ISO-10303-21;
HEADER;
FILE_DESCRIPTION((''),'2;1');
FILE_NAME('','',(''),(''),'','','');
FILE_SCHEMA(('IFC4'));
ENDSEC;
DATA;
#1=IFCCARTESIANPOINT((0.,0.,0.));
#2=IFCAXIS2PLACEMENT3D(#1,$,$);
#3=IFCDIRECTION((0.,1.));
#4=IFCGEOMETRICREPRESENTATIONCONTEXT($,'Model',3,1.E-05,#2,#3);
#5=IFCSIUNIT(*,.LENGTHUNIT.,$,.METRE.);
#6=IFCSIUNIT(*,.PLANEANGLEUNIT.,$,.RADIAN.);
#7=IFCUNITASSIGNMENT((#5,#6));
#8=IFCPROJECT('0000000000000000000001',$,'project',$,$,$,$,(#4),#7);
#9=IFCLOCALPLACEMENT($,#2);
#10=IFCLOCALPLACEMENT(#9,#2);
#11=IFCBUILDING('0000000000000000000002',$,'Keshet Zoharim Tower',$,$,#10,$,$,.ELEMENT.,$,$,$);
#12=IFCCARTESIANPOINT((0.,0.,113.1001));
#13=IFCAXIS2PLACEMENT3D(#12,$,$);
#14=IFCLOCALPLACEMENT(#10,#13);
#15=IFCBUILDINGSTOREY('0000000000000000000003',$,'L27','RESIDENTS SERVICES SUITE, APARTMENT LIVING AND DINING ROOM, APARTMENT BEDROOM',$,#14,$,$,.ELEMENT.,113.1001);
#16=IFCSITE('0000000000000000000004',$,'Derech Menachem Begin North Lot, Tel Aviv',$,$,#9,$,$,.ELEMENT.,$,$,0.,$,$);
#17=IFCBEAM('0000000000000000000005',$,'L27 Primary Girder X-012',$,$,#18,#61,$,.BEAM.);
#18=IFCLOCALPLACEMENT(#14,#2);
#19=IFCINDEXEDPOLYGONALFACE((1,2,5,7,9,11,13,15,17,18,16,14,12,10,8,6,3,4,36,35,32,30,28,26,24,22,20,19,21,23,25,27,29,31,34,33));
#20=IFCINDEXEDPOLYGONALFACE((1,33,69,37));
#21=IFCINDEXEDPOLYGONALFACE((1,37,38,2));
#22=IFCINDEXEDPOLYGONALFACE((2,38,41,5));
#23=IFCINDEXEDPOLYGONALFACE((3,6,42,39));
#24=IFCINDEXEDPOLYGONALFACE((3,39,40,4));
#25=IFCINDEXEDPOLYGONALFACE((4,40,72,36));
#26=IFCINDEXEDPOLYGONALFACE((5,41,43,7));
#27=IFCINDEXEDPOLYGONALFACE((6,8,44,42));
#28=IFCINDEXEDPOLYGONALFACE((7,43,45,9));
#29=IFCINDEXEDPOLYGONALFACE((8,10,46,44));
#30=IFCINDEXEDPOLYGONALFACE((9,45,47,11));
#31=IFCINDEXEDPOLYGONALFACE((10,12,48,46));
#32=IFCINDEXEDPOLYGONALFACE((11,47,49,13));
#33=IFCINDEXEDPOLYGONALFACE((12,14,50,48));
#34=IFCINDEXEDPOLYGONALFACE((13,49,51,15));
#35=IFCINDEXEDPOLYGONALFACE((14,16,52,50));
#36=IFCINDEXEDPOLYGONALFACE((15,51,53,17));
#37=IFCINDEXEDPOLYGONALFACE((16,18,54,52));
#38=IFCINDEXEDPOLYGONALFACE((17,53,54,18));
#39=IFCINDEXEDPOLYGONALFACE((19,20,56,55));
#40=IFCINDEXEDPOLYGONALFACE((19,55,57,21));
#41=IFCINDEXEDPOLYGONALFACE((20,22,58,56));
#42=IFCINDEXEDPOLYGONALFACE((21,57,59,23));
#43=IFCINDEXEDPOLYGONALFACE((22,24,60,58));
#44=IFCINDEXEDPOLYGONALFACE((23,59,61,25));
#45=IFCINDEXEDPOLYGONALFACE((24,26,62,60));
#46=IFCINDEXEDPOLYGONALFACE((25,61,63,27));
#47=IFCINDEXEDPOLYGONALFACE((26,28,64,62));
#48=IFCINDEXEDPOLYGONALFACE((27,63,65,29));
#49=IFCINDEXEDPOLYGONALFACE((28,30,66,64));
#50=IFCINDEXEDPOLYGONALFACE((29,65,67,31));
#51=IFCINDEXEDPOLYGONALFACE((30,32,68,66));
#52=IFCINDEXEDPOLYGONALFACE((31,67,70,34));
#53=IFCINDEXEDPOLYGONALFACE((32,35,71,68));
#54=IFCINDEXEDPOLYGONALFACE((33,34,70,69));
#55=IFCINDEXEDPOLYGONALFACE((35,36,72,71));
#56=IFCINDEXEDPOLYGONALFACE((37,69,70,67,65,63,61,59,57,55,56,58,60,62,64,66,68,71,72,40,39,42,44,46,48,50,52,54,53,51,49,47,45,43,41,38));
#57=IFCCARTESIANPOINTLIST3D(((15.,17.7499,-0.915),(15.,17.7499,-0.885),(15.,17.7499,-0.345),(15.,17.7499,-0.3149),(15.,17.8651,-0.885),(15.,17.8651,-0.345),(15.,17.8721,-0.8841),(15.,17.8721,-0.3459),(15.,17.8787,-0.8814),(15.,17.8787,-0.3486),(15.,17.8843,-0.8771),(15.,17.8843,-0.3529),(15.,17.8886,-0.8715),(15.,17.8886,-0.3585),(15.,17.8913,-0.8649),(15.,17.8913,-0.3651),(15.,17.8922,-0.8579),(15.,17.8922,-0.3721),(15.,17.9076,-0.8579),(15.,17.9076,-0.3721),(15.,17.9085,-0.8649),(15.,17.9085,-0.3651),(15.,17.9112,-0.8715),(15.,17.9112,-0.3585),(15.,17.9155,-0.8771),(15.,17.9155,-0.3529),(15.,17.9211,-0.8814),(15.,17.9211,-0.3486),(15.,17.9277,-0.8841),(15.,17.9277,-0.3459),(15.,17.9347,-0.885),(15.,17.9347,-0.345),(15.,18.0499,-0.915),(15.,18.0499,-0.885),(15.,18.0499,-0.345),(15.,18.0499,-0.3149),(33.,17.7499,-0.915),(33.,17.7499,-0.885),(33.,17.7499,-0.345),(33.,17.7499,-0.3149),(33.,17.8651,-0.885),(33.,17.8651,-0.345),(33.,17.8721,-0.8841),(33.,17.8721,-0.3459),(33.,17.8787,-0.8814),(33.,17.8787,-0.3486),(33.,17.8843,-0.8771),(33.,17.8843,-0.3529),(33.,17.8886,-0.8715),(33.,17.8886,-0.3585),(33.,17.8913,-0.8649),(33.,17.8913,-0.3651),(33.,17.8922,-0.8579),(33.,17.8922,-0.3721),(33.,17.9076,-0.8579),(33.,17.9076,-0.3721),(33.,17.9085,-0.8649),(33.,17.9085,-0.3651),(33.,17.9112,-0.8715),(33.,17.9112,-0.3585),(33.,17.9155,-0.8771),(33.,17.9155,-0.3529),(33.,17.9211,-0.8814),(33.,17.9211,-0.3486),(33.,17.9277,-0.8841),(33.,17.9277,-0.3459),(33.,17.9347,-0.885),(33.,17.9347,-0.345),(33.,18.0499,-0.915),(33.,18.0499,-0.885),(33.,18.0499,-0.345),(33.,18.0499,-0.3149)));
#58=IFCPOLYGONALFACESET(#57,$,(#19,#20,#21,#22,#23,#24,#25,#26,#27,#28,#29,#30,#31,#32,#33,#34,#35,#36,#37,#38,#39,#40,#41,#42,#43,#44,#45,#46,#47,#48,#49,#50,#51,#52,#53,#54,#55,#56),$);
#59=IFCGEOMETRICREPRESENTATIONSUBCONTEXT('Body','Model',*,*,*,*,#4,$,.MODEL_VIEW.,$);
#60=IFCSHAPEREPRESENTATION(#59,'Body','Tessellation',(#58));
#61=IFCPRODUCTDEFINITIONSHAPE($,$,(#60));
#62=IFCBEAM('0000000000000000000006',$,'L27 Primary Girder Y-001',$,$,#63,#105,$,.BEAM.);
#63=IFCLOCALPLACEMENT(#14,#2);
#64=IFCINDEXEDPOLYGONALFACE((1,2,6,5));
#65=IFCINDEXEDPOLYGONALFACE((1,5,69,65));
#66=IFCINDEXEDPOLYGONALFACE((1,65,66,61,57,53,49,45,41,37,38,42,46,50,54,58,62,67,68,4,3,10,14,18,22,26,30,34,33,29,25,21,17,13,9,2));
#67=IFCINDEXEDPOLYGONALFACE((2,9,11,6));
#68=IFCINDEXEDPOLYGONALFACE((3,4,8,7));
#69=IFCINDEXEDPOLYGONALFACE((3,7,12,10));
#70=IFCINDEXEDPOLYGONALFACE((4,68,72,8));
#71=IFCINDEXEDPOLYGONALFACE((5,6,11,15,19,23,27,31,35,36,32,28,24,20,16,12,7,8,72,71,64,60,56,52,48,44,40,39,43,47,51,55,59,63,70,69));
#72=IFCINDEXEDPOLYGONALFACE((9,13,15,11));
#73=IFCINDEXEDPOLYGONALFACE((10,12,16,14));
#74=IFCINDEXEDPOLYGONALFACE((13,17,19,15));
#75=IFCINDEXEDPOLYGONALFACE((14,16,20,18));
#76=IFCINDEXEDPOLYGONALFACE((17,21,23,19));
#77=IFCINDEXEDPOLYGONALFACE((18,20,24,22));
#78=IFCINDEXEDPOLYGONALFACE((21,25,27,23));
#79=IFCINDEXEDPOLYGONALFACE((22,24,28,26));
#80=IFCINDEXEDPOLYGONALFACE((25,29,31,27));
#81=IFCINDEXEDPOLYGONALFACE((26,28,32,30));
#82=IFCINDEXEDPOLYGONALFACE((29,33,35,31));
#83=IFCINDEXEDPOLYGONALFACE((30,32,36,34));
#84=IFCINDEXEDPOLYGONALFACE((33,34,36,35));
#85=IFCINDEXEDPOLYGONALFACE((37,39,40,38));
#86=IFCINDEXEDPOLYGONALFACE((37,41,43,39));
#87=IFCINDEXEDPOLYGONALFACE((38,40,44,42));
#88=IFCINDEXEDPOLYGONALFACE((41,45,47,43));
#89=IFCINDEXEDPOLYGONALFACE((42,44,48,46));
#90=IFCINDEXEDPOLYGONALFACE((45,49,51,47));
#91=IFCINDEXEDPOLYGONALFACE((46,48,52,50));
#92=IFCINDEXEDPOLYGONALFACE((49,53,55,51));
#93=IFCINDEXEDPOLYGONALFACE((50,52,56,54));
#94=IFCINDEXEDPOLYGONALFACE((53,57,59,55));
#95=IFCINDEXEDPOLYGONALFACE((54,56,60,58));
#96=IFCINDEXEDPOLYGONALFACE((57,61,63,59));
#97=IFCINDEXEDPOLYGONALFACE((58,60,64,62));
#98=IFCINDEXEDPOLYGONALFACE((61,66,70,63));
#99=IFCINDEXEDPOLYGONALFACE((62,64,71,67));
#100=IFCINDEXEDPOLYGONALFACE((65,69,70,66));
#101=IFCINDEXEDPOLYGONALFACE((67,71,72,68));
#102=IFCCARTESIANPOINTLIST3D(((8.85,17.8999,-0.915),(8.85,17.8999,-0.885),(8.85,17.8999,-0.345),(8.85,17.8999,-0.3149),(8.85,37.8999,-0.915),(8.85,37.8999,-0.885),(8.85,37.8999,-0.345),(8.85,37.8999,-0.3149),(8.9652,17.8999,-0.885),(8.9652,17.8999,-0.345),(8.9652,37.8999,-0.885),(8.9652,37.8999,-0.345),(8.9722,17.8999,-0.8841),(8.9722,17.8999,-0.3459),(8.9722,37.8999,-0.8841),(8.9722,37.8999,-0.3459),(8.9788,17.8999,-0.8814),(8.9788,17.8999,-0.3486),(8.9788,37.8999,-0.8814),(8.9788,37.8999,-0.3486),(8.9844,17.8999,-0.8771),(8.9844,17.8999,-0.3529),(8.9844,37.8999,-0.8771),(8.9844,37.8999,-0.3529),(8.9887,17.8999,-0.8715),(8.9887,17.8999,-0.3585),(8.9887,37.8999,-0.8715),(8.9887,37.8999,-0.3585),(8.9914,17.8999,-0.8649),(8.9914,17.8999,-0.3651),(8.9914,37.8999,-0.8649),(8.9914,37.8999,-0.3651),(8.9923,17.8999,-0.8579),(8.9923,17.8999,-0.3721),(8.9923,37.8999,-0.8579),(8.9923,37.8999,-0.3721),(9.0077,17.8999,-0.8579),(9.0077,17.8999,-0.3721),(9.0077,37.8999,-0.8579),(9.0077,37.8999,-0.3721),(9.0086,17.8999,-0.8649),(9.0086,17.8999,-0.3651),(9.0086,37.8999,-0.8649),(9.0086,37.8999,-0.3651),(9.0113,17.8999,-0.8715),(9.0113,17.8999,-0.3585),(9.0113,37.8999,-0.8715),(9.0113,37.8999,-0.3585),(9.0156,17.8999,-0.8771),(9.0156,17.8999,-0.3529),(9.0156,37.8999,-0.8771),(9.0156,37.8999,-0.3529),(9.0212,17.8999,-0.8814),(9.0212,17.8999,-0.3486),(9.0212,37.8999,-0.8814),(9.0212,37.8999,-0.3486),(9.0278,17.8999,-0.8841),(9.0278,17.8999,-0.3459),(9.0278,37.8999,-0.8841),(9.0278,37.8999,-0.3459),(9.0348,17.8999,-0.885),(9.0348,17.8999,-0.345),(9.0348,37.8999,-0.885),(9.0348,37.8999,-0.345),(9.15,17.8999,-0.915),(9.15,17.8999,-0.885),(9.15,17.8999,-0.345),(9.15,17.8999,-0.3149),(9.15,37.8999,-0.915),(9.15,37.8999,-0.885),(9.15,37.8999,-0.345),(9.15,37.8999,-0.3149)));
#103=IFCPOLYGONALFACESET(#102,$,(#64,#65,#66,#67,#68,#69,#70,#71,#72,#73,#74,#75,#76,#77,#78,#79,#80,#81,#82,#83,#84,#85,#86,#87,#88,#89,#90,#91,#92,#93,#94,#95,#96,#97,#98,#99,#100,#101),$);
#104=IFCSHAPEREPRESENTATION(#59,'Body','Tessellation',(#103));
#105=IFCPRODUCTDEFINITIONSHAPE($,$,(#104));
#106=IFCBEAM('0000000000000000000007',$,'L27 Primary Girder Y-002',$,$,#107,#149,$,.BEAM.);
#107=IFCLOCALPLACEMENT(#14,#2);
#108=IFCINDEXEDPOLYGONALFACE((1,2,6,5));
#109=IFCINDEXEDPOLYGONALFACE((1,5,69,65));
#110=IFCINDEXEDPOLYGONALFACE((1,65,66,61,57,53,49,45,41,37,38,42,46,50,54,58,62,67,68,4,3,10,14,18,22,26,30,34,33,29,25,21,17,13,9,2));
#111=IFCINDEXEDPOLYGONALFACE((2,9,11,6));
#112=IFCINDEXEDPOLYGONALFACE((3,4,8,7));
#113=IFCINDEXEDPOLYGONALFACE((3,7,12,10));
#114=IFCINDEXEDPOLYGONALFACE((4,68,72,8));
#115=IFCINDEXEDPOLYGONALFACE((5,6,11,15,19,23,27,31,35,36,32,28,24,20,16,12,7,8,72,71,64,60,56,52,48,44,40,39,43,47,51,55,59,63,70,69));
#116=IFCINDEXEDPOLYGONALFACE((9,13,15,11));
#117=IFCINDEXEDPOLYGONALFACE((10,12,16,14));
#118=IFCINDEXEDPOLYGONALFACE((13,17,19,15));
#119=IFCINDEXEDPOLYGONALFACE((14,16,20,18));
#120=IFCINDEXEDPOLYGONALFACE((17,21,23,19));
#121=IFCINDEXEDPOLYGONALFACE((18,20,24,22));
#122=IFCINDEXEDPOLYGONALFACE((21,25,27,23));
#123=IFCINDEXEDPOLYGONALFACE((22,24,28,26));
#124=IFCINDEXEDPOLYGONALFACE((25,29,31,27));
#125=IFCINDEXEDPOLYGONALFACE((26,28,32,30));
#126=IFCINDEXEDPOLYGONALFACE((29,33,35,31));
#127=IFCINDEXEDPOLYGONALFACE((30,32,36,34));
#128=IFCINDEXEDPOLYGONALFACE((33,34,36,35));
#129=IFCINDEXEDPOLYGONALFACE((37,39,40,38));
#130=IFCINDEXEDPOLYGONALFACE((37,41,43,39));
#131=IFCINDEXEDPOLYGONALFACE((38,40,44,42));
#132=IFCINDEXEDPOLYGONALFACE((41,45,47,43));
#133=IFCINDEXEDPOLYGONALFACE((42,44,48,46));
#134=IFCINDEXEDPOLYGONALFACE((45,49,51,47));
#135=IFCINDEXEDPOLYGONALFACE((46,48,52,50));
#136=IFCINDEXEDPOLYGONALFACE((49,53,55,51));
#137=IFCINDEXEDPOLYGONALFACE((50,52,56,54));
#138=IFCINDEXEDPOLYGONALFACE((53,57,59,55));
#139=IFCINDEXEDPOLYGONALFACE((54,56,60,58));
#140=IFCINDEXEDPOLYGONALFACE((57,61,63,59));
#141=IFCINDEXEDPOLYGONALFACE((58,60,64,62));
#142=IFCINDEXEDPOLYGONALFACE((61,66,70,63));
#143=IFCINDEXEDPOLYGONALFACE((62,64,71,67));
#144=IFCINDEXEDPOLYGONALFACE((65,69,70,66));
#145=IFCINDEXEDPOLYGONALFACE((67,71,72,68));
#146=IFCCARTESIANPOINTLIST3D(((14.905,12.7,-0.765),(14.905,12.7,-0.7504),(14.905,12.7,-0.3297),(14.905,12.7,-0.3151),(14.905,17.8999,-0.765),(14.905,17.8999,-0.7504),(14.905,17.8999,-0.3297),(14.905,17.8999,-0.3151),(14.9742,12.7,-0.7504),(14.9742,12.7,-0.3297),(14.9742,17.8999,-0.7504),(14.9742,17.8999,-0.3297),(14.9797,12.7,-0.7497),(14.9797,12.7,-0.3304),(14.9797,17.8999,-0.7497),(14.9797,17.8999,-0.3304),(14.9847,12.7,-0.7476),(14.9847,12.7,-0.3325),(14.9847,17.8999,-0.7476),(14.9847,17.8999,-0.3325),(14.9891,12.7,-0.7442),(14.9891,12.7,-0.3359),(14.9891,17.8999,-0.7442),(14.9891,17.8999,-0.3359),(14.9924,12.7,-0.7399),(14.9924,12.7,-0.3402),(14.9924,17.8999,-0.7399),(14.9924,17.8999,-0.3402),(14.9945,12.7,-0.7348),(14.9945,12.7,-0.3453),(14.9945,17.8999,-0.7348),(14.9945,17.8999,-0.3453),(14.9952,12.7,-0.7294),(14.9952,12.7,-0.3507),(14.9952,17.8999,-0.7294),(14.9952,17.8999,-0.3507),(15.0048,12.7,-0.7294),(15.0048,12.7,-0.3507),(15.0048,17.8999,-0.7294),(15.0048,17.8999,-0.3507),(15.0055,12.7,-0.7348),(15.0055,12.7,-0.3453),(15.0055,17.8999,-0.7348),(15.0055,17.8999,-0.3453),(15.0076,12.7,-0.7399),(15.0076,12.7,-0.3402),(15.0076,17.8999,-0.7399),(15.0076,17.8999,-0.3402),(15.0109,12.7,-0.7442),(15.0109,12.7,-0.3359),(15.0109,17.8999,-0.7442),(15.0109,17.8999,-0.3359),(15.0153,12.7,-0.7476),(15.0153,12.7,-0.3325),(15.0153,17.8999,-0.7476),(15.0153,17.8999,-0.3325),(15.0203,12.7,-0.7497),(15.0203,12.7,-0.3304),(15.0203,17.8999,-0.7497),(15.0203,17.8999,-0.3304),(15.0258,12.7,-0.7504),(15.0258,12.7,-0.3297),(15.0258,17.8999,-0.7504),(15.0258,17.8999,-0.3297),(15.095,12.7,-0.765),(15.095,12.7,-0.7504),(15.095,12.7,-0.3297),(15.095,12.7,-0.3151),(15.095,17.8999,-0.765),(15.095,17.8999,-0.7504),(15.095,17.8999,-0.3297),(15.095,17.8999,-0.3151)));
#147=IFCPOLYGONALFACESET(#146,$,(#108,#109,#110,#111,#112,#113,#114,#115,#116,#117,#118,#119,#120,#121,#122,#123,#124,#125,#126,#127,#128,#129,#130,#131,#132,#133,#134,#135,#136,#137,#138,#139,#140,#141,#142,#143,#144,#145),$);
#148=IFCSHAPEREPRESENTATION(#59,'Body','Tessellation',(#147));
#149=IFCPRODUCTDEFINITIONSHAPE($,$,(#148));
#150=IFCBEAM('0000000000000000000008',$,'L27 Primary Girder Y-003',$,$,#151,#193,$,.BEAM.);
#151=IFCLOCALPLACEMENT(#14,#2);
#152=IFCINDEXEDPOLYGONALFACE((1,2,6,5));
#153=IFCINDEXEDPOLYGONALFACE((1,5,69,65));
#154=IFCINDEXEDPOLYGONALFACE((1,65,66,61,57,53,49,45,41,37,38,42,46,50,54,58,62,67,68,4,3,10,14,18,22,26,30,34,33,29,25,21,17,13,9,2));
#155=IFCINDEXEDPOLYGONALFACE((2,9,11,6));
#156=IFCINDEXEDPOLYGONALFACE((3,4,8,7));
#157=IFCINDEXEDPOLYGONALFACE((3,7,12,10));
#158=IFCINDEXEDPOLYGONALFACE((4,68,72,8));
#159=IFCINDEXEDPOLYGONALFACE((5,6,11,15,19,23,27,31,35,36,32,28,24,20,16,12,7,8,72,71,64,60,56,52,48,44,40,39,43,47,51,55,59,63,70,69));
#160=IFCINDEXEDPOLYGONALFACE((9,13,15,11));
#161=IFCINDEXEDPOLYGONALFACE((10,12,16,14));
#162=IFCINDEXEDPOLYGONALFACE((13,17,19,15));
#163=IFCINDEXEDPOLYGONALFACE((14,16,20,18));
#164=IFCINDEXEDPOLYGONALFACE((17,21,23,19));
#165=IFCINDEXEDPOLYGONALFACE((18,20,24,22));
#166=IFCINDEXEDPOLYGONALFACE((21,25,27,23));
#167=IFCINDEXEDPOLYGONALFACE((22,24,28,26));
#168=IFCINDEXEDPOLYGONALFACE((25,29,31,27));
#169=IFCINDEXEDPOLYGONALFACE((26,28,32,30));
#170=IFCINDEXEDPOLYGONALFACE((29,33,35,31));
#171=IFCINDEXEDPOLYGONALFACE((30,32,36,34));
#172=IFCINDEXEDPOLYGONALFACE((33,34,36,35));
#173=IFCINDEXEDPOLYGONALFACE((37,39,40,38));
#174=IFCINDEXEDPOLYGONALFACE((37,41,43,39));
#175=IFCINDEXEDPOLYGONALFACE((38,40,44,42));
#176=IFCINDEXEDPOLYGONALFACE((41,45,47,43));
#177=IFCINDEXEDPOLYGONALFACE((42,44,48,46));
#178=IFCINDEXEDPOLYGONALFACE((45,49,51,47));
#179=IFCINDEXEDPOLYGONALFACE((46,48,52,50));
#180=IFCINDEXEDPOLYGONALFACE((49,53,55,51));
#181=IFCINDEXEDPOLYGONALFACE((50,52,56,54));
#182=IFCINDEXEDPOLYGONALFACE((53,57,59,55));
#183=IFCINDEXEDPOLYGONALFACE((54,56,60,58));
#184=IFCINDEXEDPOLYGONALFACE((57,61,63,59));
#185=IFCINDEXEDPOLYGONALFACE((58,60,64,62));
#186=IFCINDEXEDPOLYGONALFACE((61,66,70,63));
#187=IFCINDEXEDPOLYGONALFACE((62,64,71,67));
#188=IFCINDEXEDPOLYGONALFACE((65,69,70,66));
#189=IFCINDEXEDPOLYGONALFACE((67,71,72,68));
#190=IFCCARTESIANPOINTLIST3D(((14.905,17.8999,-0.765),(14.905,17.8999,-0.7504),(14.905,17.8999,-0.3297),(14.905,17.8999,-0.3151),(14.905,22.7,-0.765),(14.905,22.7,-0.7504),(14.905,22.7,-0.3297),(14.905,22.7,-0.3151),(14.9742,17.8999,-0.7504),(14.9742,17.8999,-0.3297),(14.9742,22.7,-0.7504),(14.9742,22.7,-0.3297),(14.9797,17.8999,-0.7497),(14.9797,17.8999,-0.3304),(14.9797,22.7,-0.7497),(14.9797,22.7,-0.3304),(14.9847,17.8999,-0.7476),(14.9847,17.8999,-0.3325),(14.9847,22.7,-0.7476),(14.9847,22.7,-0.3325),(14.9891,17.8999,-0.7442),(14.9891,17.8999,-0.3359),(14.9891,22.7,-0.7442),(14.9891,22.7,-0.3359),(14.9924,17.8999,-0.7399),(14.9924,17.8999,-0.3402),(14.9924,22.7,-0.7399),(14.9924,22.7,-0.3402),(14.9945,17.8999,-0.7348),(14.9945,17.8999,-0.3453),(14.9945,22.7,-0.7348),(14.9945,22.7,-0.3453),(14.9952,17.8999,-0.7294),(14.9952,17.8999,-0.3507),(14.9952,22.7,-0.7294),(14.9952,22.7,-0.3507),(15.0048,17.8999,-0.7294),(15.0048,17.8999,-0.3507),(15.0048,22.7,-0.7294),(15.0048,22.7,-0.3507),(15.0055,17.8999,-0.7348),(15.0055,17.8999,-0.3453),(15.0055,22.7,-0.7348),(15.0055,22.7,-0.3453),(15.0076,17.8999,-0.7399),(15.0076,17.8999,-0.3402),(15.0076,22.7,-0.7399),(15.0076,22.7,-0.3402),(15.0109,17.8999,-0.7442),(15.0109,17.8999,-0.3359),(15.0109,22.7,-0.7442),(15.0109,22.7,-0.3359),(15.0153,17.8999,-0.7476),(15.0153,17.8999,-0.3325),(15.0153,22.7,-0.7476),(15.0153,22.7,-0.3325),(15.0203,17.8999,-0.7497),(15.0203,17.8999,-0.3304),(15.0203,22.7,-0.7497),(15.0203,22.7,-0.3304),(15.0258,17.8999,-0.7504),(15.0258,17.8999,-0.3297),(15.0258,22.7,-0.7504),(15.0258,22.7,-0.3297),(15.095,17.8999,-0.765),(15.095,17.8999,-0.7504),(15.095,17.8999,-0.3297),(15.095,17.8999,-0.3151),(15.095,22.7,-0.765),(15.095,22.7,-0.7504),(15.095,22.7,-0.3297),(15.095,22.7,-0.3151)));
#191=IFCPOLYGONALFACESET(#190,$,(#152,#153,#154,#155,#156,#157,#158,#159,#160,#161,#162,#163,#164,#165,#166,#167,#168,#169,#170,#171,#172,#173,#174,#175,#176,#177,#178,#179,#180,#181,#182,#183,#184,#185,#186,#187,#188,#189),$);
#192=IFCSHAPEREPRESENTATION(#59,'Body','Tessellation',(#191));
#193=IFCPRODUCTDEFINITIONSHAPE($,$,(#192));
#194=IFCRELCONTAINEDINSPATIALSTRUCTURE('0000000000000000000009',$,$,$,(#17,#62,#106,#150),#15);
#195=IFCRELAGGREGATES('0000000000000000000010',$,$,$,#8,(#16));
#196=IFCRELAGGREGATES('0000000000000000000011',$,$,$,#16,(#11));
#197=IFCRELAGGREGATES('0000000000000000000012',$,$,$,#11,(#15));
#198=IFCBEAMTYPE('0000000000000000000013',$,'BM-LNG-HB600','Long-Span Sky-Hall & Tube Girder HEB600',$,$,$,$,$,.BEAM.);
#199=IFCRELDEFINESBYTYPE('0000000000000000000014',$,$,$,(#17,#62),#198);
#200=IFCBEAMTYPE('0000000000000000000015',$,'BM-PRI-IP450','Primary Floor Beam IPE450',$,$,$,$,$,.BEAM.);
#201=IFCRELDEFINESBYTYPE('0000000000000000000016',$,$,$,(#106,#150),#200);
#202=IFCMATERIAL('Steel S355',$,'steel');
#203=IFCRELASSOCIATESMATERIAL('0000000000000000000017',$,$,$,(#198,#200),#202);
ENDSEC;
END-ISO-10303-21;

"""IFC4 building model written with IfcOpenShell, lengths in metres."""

from ifc_helpers import new_model, si_unit, direction, frame, origin, origin_2d, place, context, subcontext, project, spatial, i_section, extrude, material, material_profile, profile_set, type_object, element, save


model = new_model("IFC4")

# Units and contexts
model_context = context("Model", 3, precision=1e-05, world=origin(), true_north=direction((0.0, 1.0)))
body_context = subcontext(model_context, "Body", "Model", "MODEL_VIEW")
ifc_project = project(units=[si_unit("LENGTHUNIT", "METRE"), si_unit("PLANEANGLEUNIT", "RADIAN")], contexts=[model_context])

# Site, building, storey
site_placement = place(None, origin())
site = spatial("IfcSite", under=ifc_project, at=site_placement, Name="Derech Menachem Begin North Lot, Tel Aviv", CompositionType="ELEMENT", RefElevation=0.0)
building_placement = place(site_placement, origin())
building = spatial("IfcBuilding", under=site, at=building_placement, Name="Keshet Zoharim Tower", CompositionType="ELEMENT")
storey_placement = place(building_placement, frame((0.0, 0.0, 113.1001)))
storey = spatial("IfcBuildingStorey", under=building, at=storey_placement, Name="L27", Description="RESIDENTS SERVICES SUITE, APARTMENT LIVING AND DINING ROOM, APARTMENT BEDROOM", CompositionType="ELEMENT", Elevation=113.1001)

# Shared definitions
ifc_material_1 = material(Name="Steel S355", Category="steel")

# Beams
ifc_material_profile_1 = material_profile(ifc_material_1, i_section(OverallWidth=0.3, OverallDepth=0.6001, WebThickness=0.0154, FlangeThickness=0.03, FilletRadius=0.0271, at=origin_2d()), Name="HEB600")
ifc_profile_set_1 = profile_set([ifc_material_profile_1], Name="Steel S355")
beam_type_1 = type_object("IfcBeamType", Name="BM-LNG-HB600", Description="Long-Span Sky-Hall & Tube Girder HEB600", PredefinedType="BEAM", material=ifc_profile_set_1)
for number, where, z_axis, x_axis, name in (
    (1, (15.0, 17.8999, -0.615), (1.0, 0.0, 0.0), (0.0, 1.0, 0.0), "L27 Primary Girder X-012"),
):
    element("IfcBeam", number, at=place(storey_placement, frame(where, z_axis=z_axis, x_axis=x_axis)), inside=storey, type_object=beam_type_1, Name=name, PredefinedType="BEAM", context=body_context, shape_type="SweptSolid", body=[
        extrude(i_section(OverallWidth=0.3, OverallDepth=0.6001, WebThickness=0.0154, FlangeThickness=0.03, FilletRadius=0.0271, at=origin_2d()), origin(), (0.0, 0.0, 1.0), 18.0),
    ])
beam_1_placement = place(storey_placement, frame((9.0, 17.8999, -0.615), z_axis=(0.0, 1.0, 0.0), x_axis=(-1.0, 0.0, 0.0)))
element("IfcBeam", 2, at=beam_1_placement, inside=storey, type_object=beam_type_1, Name="L27 Primary Girder Y-001", PredefinedType="BEAM", context=body_context, shape_type="SweptSolid", body=[
    extrude(i_section(OverallWidth=0.3, OverallDepth=0.6001, WebThickness=0.0154, FlangeThickness=0.03, FilletRadius=0.0271, at=origin_2d()), origin(), (0.0, 0.0, 1.0), 20.0),
])
ifc_material_profile_2 = material_profile(ifc_material_1, i_section(OverallWidth=0.1899, OverallDepth=0.45, WebThickness=0.0095, FlangeThickness=0.0146, FilletRadius=0.021, at=origin_2d()), Name="IPE450")
ifc_profile_set_2 = profile_set([ifc_material_profile_2], Name="Steel S355")
beam_type_2 = type_object("IfcBeamType", Name="BM-PRI-IP450", Description="Primary Floor Beam IPE450", PredefinedType="BEAM", material=ifc_profile_set_2)
beam_2_placement = place(storey_placement, frame((15.0, 12.7, -0.54), z_axis=(0.0, 1.0, 0.0), x_axis=(-1.0, 0.0, 0.0)))
element("IfcBeam", 3, at=beam_2_placement, inside=storey, type_object=beam_type_2, Name="L27 Primary Girder Y-002", PredefinedType="BEAM", context=body_context, shape_type="SweptSolid", body=[
    extrude(i_section(OverallWidth=0.1899, OverallDepth=0.45, WebThickness=0.0095, FlangeThickness=0.0146, FilletRadius=0.021, at=origin_2d()), origin(), (0.0, 0.0, 1.0), 5.2),
])
beam_3_placement = place(storey_placement, frame((15.0, 17.8999, -0.54), z_axis=(0.0, 1.0, 0.0), x_axis=(-1.0, 0.0, 0.0)))
element("IfcBeam", 4, at=beam_3_placement, inside=storey, type_object=beam_type_2, Name="L27 Primary Girder Y-003", PredefinedType="BEAM", context=body_context, shape_type="SweptSolid", body=[
    extrude(i_section(OverallWidth=0.1899, OverallDepth=0.45, WebThickness=0.0095, FlangeThickness=0.0146, FilletRadius=0.021, at=origin_2d()), origin(), (0.0, 0.0, 1.0), 4.8),
])

save(model, "model.ifc")
